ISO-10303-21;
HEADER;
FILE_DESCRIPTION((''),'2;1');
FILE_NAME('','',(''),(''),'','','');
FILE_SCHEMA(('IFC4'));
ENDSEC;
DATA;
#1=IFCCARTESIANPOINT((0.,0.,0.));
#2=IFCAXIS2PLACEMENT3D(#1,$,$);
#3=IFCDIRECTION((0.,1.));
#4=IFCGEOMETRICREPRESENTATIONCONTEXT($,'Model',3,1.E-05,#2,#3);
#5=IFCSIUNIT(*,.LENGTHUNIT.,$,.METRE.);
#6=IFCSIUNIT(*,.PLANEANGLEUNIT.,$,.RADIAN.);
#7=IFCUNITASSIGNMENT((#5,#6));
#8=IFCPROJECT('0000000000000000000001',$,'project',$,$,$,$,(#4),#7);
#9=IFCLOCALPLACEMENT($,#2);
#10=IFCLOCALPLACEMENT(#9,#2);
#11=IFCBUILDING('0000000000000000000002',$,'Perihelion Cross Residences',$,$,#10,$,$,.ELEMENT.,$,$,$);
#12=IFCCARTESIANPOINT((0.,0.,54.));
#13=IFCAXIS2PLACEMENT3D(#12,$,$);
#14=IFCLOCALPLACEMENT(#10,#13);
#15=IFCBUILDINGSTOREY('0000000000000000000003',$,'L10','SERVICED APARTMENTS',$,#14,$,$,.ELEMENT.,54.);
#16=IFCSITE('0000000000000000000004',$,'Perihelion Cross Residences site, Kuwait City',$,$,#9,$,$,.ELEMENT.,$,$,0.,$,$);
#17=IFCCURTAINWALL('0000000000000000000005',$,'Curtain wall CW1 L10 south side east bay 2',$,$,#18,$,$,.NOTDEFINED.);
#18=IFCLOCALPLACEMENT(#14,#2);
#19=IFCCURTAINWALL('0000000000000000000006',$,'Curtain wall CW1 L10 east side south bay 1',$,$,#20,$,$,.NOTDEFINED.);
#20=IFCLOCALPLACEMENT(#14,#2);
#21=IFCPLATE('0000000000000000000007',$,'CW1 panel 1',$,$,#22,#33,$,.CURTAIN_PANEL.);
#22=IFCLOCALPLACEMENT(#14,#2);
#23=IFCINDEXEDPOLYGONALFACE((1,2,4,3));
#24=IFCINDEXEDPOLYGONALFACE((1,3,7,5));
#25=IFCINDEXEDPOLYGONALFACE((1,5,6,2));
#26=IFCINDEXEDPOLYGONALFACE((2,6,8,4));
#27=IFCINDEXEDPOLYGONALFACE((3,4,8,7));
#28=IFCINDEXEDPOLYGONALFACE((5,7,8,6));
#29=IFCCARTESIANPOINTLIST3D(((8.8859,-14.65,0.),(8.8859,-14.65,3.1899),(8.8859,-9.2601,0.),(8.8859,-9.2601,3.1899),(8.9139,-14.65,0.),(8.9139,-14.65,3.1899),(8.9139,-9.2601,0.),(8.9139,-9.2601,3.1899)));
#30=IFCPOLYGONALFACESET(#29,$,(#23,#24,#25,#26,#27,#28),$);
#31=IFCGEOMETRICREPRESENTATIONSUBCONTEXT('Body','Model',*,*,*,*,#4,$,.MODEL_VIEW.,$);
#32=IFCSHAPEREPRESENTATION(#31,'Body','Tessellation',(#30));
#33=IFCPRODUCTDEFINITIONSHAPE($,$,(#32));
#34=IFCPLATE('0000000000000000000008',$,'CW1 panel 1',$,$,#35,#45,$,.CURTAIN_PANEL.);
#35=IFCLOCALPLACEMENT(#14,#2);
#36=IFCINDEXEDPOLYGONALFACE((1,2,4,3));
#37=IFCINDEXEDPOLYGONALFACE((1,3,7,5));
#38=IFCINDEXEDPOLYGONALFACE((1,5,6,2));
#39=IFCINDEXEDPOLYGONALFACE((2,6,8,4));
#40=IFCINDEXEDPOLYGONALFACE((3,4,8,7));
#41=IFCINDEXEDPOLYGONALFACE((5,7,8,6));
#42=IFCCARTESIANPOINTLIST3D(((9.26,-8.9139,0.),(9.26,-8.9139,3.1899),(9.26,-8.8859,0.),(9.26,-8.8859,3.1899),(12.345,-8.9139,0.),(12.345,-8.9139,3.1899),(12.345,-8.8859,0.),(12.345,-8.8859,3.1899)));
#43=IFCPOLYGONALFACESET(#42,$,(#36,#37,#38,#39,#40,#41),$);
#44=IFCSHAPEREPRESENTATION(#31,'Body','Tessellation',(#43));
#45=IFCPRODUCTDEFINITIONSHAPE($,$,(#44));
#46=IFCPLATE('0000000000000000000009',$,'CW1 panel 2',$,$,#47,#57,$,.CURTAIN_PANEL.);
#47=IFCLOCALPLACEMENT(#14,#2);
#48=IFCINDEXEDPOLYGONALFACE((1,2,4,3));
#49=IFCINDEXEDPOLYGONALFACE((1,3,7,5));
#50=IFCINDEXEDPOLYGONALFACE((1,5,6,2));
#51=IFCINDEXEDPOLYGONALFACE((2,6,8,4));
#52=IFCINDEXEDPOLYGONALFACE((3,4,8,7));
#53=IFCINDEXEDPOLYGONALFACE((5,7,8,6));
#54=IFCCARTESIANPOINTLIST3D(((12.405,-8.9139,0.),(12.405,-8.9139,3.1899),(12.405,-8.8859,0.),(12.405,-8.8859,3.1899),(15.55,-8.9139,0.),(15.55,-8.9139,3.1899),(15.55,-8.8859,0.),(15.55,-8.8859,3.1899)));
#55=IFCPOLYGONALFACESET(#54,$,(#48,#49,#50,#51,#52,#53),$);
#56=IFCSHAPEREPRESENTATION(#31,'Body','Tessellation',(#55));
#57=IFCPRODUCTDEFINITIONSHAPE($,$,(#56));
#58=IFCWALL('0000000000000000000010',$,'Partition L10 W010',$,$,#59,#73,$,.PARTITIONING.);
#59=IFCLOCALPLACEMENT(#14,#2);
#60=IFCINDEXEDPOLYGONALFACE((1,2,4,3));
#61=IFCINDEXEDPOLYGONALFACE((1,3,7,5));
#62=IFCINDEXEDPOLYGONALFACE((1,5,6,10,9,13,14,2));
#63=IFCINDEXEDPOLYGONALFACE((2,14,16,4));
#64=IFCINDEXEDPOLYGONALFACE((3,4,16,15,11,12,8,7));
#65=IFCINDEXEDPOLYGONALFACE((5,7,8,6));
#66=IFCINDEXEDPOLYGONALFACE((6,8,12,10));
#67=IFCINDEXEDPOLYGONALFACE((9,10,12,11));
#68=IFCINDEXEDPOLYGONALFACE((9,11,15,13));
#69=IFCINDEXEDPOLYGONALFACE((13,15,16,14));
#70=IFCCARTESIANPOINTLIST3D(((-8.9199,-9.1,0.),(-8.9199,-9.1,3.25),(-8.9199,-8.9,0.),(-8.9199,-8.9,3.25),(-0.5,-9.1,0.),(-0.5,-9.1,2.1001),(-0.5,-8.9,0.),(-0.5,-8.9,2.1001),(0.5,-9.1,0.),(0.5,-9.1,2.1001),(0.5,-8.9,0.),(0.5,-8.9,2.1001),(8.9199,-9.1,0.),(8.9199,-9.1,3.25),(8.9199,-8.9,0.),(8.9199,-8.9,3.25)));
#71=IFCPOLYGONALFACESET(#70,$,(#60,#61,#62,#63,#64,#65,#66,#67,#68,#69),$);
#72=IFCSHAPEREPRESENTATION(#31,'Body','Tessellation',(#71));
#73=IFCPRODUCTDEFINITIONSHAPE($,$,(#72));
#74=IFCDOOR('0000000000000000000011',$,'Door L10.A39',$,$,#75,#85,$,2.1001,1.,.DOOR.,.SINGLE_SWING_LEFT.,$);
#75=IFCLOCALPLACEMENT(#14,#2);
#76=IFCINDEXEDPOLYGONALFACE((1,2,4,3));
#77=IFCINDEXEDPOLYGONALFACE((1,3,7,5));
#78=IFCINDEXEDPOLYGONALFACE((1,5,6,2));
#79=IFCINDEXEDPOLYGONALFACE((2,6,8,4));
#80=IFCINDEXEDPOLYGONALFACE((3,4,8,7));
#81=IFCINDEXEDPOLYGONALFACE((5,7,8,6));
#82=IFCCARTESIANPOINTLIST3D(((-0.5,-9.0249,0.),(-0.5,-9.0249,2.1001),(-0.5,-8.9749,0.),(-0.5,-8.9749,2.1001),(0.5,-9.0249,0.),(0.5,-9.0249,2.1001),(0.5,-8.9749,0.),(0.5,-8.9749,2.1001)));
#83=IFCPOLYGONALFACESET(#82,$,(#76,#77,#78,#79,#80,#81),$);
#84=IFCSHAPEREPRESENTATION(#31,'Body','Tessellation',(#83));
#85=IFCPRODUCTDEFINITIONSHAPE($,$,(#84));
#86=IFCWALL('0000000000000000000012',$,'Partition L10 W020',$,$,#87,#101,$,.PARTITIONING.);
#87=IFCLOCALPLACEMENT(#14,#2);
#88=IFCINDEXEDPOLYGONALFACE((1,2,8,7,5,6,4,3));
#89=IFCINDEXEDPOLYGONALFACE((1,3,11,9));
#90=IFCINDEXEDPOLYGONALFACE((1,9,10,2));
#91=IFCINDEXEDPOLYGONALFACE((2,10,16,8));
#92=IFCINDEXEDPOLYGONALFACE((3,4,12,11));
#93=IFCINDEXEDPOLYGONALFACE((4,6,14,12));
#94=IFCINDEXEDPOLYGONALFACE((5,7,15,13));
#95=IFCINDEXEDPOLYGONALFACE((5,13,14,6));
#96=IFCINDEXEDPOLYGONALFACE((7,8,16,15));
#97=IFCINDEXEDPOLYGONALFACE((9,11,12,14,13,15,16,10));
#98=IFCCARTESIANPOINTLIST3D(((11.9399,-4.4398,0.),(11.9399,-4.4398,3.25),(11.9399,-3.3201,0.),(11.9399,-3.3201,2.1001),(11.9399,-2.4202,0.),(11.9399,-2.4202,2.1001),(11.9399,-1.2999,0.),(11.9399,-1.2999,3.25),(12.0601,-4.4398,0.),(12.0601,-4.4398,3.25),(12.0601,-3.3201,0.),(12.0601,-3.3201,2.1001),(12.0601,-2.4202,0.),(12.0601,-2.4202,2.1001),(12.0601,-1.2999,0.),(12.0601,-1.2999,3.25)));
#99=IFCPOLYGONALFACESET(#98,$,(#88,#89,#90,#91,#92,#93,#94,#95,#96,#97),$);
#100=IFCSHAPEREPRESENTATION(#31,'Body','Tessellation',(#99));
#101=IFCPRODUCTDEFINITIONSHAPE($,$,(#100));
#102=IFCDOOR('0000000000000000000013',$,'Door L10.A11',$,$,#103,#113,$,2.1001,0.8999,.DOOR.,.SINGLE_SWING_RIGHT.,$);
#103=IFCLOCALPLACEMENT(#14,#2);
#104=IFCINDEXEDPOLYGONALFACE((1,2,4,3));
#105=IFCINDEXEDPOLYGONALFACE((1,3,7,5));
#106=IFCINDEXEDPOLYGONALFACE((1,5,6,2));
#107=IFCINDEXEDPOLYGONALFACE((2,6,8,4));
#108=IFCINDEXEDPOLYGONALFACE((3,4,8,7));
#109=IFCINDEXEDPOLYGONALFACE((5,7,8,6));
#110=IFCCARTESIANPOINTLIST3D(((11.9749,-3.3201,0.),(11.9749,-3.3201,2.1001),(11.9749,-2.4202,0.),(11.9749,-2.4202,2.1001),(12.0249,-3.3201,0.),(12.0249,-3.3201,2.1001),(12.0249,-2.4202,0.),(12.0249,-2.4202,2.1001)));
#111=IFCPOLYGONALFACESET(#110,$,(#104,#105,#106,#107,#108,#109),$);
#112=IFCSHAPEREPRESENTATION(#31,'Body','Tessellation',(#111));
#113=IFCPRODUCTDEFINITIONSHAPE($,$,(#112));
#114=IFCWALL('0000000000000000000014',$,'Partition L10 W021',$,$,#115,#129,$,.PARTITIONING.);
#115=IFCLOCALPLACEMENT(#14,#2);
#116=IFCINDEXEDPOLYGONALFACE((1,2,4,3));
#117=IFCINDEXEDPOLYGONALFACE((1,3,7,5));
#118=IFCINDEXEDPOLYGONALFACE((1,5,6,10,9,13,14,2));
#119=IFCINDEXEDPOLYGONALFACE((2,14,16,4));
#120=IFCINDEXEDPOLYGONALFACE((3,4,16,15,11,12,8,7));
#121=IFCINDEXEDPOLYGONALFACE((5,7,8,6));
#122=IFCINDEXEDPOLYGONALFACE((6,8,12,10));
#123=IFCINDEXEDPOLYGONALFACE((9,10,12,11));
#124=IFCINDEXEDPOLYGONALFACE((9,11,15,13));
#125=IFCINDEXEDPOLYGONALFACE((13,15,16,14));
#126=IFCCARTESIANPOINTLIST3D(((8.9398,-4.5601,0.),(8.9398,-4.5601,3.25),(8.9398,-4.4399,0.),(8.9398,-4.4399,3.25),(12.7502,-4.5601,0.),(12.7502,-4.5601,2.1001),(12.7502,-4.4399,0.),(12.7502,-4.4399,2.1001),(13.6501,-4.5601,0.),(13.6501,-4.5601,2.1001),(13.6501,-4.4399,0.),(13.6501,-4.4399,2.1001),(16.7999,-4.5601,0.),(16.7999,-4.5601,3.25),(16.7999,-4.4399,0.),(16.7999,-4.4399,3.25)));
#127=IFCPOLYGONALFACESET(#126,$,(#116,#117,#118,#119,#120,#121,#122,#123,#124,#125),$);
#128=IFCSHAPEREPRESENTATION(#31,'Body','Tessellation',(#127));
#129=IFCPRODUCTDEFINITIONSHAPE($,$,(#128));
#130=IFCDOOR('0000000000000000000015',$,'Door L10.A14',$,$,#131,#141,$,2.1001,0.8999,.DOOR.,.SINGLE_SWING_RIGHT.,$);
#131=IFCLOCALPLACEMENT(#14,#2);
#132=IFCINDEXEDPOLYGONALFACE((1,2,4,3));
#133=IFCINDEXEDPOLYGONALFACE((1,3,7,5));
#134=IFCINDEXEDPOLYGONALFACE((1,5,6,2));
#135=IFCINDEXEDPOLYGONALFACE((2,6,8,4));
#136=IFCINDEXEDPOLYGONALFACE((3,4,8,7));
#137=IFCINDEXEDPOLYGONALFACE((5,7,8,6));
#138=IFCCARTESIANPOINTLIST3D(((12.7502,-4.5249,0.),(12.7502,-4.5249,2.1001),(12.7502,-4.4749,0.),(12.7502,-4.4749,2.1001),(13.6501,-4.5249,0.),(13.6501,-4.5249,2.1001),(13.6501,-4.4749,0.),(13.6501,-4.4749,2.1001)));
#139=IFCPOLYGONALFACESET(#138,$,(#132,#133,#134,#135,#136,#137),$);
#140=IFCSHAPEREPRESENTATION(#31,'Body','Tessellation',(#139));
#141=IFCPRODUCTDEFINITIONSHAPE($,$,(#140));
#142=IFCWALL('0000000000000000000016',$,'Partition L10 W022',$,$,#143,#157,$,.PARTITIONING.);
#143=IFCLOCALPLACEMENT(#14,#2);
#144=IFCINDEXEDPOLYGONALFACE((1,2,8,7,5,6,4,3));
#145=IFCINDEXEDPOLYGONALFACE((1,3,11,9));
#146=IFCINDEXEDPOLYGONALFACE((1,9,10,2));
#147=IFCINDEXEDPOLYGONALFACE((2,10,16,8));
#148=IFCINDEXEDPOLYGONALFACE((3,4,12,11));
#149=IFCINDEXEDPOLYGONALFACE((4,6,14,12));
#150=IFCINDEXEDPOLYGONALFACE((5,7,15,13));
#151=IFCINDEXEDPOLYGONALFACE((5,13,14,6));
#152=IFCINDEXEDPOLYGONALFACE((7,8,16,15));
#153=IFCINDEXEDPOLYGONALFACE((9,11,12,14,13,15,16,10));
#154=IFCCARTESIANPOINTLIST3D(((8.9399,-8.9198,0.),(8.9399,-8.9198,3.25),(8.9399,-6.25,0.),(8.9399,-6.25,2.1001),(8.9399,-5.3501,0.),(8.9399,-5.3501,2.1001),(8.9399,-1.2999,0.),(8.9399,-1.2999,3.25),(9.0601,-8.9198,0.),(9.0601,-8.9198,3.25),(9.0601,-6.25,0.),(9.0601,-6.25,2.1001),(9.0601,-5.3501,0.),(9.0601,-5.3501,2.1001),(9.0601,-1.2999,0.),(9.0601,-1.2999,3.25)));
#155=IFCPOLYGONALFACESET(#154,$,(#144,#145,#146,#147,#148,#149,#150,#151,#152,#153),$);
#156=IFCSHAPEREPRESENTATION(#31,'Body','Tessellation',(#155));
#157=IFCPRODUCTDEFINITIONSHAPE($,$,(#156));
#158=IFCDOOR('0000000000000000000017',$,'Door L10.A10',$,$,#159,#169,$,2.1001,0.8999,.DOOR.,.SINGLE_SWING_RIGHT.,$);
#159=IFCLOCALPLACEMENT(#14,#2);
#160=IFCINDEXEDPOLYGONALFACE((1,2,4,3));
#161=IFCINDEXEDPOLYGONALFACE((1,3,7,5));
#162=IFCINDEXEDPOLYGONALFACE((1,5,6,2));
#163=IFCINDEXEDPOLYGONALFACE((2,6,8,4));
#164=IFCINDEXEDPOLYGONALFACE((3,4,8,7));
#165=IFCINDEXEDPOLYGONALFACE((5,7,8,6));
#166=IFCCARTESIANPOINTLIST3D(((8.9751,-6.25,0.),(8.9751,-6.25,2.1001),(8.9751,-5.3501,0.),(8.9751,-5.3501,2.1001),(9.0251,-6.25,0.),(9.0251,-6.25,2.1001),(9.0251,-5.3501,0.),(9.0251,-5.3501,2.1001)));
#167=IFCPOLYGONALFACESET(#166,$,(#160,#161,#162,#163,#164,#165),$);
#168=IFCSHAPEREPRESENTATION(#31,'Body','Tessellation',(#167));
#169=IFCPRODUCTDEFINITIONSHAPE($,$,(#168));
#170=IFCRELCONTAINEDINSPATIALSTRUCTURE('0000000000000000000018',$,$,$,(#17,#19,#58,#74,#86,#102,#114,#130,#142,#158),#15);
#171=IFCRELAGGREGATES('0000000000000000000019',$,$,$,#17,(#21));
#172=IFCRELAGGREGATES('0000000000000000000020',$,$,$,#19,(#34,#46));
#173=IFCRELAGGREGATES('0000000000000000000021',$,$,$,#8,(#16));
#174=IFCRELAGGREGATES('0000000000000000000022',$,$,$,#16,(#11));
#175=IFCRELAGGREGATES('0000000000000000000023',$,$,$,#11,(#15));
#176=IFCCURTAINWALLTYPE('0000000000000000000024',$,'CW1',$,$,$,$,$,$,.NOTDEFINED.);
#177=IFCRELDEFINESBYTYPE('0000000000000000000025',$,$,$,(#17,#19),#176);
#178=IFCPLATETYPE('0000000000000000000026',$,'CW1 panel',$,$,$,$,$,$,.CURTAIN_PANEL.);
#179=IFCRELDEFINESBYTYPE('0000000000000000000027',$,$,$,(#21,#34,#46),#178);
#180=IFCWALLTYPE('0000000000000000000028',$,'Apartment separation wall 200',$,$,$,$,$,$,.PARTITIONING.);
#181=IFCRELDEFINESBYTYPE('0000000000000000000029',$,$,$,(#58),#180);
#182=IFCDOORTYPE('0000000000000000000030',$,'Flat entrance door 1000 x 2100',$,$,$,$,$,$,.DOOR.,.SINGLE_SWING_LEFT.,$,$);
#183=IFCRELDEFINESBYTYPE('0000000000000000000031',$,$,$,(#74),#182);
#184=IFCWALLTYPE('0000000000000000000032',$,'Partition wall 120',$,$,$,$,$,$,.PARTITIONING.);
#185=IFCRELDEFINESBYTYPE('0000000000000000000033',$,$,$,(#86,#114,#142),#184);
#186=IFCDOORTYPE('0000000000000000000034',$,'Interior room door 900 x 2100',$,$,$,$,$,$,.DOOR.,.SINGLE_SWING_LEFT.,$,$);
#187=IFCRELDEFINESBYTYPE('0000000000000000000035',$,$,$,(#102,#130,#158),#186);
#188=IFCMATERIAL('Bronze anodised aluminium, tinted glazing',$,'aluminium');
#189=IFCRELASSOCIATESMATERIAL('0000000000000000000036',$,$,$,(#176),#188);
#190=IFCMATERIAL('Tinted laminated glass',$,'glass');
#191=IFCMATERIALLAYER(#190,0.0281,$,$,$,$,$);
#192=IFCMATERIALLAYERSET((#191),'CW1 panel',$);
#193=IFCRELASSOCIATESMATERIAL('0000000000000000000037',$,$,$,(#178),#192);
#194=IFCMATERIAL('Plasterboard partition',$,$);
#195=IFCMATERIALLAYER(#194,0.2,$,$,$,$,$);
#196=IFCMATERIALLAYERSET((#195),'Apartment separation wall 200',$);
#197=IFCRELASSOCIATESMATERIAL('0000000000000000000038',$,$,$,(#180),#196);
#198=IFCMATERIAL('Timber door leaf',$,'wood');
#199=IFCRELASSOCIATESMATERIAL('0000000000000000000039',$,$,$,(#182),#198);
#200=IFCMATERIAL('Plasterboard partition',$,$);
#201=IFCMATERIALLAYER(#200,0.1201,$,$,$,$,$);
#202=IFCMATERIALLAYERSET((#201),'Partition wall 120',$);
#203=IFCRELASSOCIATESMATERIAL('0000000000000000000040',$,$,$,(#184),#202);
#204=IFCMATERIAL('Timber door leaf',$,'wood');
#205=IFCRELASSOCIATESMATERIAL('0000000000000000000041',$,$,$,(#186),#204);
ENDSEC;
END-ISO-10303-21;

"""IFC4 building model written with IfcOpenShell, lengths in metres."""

from ifc_helpers import new_model, si_unit, direction, frame, frame_2d, origin, origin_2d, place, context, subcontext, project, spatial, rectangle, extrude, material, layer, layer_set, type_object, element, fill, aggregate, save


model = new_model("IFC4")

# Units and contexts
model_context = context("Model", 3, precision=1e-05, world=origin(), true_north=direction((0.0, 1.0)))
body_context = subcontext(model_context, "Body", "Model", "MODEL_VIEW")
ifc_project = project(units=[si_unit("LENGTHUNIT", "METRE"), si_unit("PLANEANGLEUNIT", "RADIAN")], contexts=[model_context])

# Site, building, storey
site_placement = place(None, origin())
site = spatial("IfcSite", under=ifc_project, at=site_placement, Name="Perihelion Cross Residences site, Kuwait City", CompositionType="ELEMENT", RefElevation=0.0)
building_placement = place(site_placement, origin())
building = spatial("IfcBuilding", under=site, at=building_placement, Name="Perihelion Cross Residences", CompositionType="ELEMENT")
storey_placement = place(building_placement, frame((0.0, 0.0, 54.0)))
storey = spatial("IfcBuildingStorey", under=building, at=storey_placement, Name="L10", Description="SERVICED APARTMENTS", CompositionType="ELEMENT", Elevation=54.0)

# Curtain wall
ifc_material_1 = material(Name="Bronze anodised aluminium, tinted glazing", Category="aluminium")
curtain_wall_type = type_object("IfcCurtainWallType", Name="CW1", PredefinedType="NOTDEFINED", material=ifc_material_1)
curtain_wall_1_placement = place(storey_placement, origin())
curtain_wall_1 = element("IfcCurtainWall", 1, at=curtain_wall_1_placement, inside=storey, type_object=curtain_wall_type, Name="Curtain wall CW1 L10 south side east bay 2", PredefinedType="NOTDEFINED")

# Curtain wall
curtain_wall_2_placement = place(storey_placement, origin())
curtain_wall_2 = element("IfcCurtainWall", 2, at=curtain_wall_2_placement, inside=storey, type_object=curtain_wall_type, Name="Curtain wall CW1 L10 east side south bay 1", PredefinedType="NOTDEFINED")

# Plates
ifc_material_2 = material(Name="Tinted laminated glass", Category="glass")
ifc_layer_1 = layer(ifc_material_2, 0.0281)
ifc_layer_set_1 = layer_set([ifc_layer_1], Name="CW1 panel")
plate_type = type_object("IfcPlateType", Name="CW1 panel", PredefinedType="CURTAIN_PANEL", material=ifc_layer_set_1)
plate_1_placement = place(storey_placement, frame((8.8999, -11.9551, 0.0), z_axis=(0.0, 0.0, 1.0), x_axis=(0.0, 1.0, 0.0)))
plate_1 = element("IfcPlate", 3, at=plate_1_placement, type_object=plate_type, Name="CW1 panel 1", PredefinedType="CURTAIN_PANEL", context=body_context, shape_type="SweptSolid", body=[
    extrude(rectangle(XDim=5.3899, YDim=0.0281, at=origin_2d()), origin(), (0.0, 0.0, 1.0), 3.1899),
])
aggregate(curtain_wall_1, [plate_1])
plate_2_placement = place(storey_placement, frame((10.8025, -8.8999, 0.0), z_axis=(0.0, 0.0, 1.0), x_axis=(1.0, 0.0, 0.0)))
plate_2 = element("IfcPlate", 4, at=plate_2_placement, type_object=plate_type, Name="CW1 panel 1", PredefinedType="CURTAIN_PANEL", context=body_context, shape_type="SweptSolid", body=[
    extrude(rectangle(XDim=3.085, YDim=0.0281, at=origin_2d()), origin(), (0.0, 0.0, 1.0), 3.1899),
])
plate_3_placement = place(storey_placement, frame((13.9775, -8.8999, 0.0), z_axis=(0.0, 0.0, 1.0), x_axis=(1.0, 0.0, 0.0)))
plate_3 = element("IfcPlate", 5, at=plate_3_placement, type_object=plate_type, Name="CW1 panel 2", PredefinedType="CURTAIN_PANEL", context=body_context, shape_type="SweptSolid", body=[
    extrude(rectangle(XDim=3.145, YDim=0.0281, at=origin_2d()), origin(), (0.0, 0.0, 1.0), 3.1899),
])
aggregate(curtain_wall_2, [plate_2, plate_3])

# Walls, openings, doors
ifc_material_3 = material(Name="Plasterboard partition")
ifc_layer_2 = layer(ifc_material_3, 0.2)
ifc_layer_set_2 = layer_set([ifc_layer_2], Name="Apartment separation wall 200")
wall_type_1 = type_object("IfcWallType", Name="Apartment separation wall 200", PredefinedType="PARTITIONING", material=ifc_layer_set_2)
wall_1_placement = place(storey_placement, frame((8.9199, -9.0, 0.0), z_axis=(0.0, 0.0, 1.0), x_axis=(-1.0, 0.0, 0.0)))
wall_1 = element("IfcWall", 6, at=wall_1_placement, inside=storey, type_object=wall_type_1, Name="Partition L10 W010", PredefinedType="PARTITIONING", context=body_context, shape_type="SweptSolid", body=[
    extrude(rectangle(XDim=17.8398, YDim=0.2, at=frame_2d((8.9199, 0.0))), origin(), (0.0, 0.0, 1.0), 3.25),
])
opening_1_placement = place(wall_1_placement, frame((8.4199, 0.0, 0.0)))
opening_1 = element("IfcOpeningElement", 7, at=opening_1_placement, cuts=wall_1, PredefinedType="OPENING", context=body_context, shape_type="SweptSolid", body=[
    extrude(rectangle(XDim=1.0, YDim=2.1001, at=frame_2d((0.5, 1.05))), frame((0.0, 0.1099, 0.0), z_axis=(0.0, -1.0, 0.0), x_axis=(1.0, 0.0, 0.0)), (0.0, 0.0, 1.0), 0.22),
])
ifc_material_4 = material(Name="Timber door leaf", Category="wood")
door_type_1 = type_object("IfcDoorType", Name="Flat entrance door 1000 x 2100", OperationType="SINGLE_SWING_LEFT", PredefinedType="DOOR", material=ifc_material_4)
door_1_placement = place(opening_1_placement, origin())
door_1 = element("IfcDoor", 8, at=door_1_placement, inside=storey, type_object=door_type_1, Name="Door L10.A39", OperationType="SINGLE_SWING_LEFT", OverallHeight=2.1001, OverallWidth=1.0, PredefinedType="DOOR", context=body_context, shape_type="SweptSolid", body=[
    extrude(rectangle(XDim=1.0, YDim=2.1001, at=frame_2d((0.5, 1.05))), frame((0.0, 0.0249, 0.0), z_axis=(0.0, -1.0, 0.0), x_axis=(1.0, 0.0, 0.0)), (0.0, 0.0, 1.0), 0.05),
])
fill(opening_1, door_1)
ifc_material_5 = material(Name="Plasterboard partition")
ifc_layer_3 = layer(ifc_material_5, 0.1201)
ifc_layer_set_3 = layer_set([ifc_layer_3], Name="Partition wall 120")
wall_type_2 = type_object("IfcWallType", Name="Partition wall 120", PredefinedType="PARTITIONING", material=ifc_layer_set_3)
wall_2_placement = place(storey_placement, frame((12.0, -1.3, 0.0), z_axis=(0.0, 0.0, 1.0), x_axis=(0.0, -1.0, 0.0)))
wall_2 = element("IfcWall", 9, at=wall_2_placement, inside=storey, type_object=wall_type_2, Name="Partition L10 W020", PredefinedType="PARTITIONING", context=body_context, shape_type="SweptSolid", body=[
    extrude(rectangle(XDim=3.1399, YDim=0.1201, at=frame_2d((1.5698, 0.0))), origin(), (0.0, 0.0, 1.0), 3.25),
])
opening_2_placement = place(wall_2_placement, frame((1.1201, 0.0, 0.0)))
opening_2 = element("IfcOpeningElement", 10, at=opening_2_placement, cuts=wall_2, PredefinedType="OPENING", context=body_context, shape_type="SweptSolid", body=[
    extrude(rectangle(XDim=0.8999, YDim=2.1001, at=frame_2d((0.45, 1.05))), frame((0.0, 0.0701, 0.0), z_axis=(0.0, -1.0, 0.0), x_axis=(1.0, 0.0, 0.0)), (0.0, 0.0, 1.0), 0.1401),
])
ifc_material_6 = material(Name="Timber door leaf", Category="wood")
door_type_2 = type_object("IfcDoorType", Name="Interior room door 900 x 2100", OperationType="SINGLE_SWING_LEFT", PredefinedType="DOOR", material=ifc_material_6)
door_2_placement = place(opening_2_placement, origin())
door_2 = element("IfcDoor", 11, at=door_2_placement, inside=storey, type_object=door_type_2, Name="Door L10.A11", OperationType="SINGLE_SWING_RIGHT", OverallHeight=2.1001, OverallWidth=0.8999, PredefinedType="DOOR", context=body_context, shape_type="SweptSolid", body=[
    extrude(rectangle(XDim=0.8999, YDim=2.1001, at=frame_2d((0.45, 1.05))), frame((0.0, 0.0249, 0.0), z_axis=(0.0, -1.0, 0.0), x_axis=(1.0, 0.0, 0.0)), (0.0, 0.0, 1.0), 0.05),
])
fill(opening_2, door_2)
wall_3_placement = place(storey_placement, frame((16.8, -4.5, 0.0), z_axis=(0.0, 0.0, 1.0), x_axis=(-1.0, 0.0, 0.0)))
wall_3 = element("IfcWall", 12, at=wall_3_placement, inside=storey, type_object=wall_type_2, Name="Partition L10 W021", PredefinedType="PARTITIONING", context=body_context, shape_type="SweptSolid", body=[
    extrude(rectangle(XDim=7.8601, YDim=0.1201, at=frame_2d((3.9302, 0.0))), origin(), (0.0, 0.0, 1.0), 3.25),
])
opening_3_placement = place(wall_3_placement, frame((3.1499, 0.0, 0.0)))
opening_3 = element("IfcOpeningElement", 13, at=opening_3_placement, cuts=wall_3, PredefinedType="OPENING", context=body_context, shape_type="SweptSolid", body=[
    extrude(rectangle(XDim=0.8999, YDim=2.1001, at=frame_2d((0.45, 1.05))), frame((0.0, 0.0701, 0.0), z_axis=(0.0, -1.0, 0.0), x_axis=(1.0, 0.0, 0.0)), (0.0, 0.0, 1.0), 0.1401),
])
door_3_placement = place(opening_3_placement, origin())
door_3 = element("IfcDoor", 14, at=door_3_placement, inside=storey, type_object=door_type_2, Name="Door L10.A14", OperationType="SINGLE_SWING_RIGHT", OverallHeight=2.1001, OverallWidth=0.8999, PredefinedType="DOOR", context=body_context, shape_type="SweptSolid", body=[
    extrude(rectangle(XDim=0.8999, YDim=2.1001, at=frame_2d((0.45, 1.05))), frame((0.0, 0.0249, 0.0), z_axis=(0.0, -1.0, 0.0), x_axis=(1.0, 0.0, 0.0)), (0.0, 0.0, 1.0), 0.05),
])
fill(opening_3, door_3)
wall_4_placement = place(storey_placement, frame((9.0, -8.9199, 0.0), z_axis=(0.0, 0.0, 1.0), x_axis=(0.0, 1.0, 0.0)))
wall_4 = element("IfcWall", 15, at=wall_4_placement, inside=storey, type_object=wall_type_2, Name="Partition L10 W022", PredefinedType="PARTITIONING", context=body_context, shape_type="SweptSolid", body=[
    extrude(rectangle(XDim=7.6199, YDim=0.1201, at=frame_2d((3.8101, 0.0))), origin(), (0.0, 0.0, 1.0), 3.25),
])
opening_4_placement = place(wall_4_placement, frame((2.6699, 0.0, 0.0)))
opening_4 = element("IfcOpeningElement", 16, at=opening_4_placement, cuts=wall_4, PredefinedType="OPENING", context=body_context, shape_type="SweptSolid", body=[
    extrude(rectangle(XDim=0.8999, YDim=2.1001, at=frame_2d((0.45, 1.05))), frame((0.0, 0.0701, 0.0), z_axis=(0.0, -1.0, 0.0), x_axis=(1.0, 0.0, 0.0)), (0.0, 0.0, 1.0), 0.1401),
])
door_4_placement = place(opening_4_placement, origin())
door_4 = element("IfcDoor", 17, at=door_4_placement, inside=storey, type_object=door_type_2, Name="Door L10.A10", OperationType="SINGLE_SWING_RIGHT", OverallHeight=2.1001, OverallWidth=0.8999, PredefinedType="DOOR", context=body_context, shape_type="SweptSolid", body=[
    extrude(rectangle(XDim=0.8999, YDim=2.1001, at=frame_2d((0.45, 1.05))), frame((0.0, 0.0249, 0.0), z_axis=(0.0, -1.0, 0.0), x_axis=(1.0, 0.0, 0.0)), (0.0, 0.0, 1.0), 0.05),
])
fill(opening_4, door_4)

save(model, "model.ifc")
